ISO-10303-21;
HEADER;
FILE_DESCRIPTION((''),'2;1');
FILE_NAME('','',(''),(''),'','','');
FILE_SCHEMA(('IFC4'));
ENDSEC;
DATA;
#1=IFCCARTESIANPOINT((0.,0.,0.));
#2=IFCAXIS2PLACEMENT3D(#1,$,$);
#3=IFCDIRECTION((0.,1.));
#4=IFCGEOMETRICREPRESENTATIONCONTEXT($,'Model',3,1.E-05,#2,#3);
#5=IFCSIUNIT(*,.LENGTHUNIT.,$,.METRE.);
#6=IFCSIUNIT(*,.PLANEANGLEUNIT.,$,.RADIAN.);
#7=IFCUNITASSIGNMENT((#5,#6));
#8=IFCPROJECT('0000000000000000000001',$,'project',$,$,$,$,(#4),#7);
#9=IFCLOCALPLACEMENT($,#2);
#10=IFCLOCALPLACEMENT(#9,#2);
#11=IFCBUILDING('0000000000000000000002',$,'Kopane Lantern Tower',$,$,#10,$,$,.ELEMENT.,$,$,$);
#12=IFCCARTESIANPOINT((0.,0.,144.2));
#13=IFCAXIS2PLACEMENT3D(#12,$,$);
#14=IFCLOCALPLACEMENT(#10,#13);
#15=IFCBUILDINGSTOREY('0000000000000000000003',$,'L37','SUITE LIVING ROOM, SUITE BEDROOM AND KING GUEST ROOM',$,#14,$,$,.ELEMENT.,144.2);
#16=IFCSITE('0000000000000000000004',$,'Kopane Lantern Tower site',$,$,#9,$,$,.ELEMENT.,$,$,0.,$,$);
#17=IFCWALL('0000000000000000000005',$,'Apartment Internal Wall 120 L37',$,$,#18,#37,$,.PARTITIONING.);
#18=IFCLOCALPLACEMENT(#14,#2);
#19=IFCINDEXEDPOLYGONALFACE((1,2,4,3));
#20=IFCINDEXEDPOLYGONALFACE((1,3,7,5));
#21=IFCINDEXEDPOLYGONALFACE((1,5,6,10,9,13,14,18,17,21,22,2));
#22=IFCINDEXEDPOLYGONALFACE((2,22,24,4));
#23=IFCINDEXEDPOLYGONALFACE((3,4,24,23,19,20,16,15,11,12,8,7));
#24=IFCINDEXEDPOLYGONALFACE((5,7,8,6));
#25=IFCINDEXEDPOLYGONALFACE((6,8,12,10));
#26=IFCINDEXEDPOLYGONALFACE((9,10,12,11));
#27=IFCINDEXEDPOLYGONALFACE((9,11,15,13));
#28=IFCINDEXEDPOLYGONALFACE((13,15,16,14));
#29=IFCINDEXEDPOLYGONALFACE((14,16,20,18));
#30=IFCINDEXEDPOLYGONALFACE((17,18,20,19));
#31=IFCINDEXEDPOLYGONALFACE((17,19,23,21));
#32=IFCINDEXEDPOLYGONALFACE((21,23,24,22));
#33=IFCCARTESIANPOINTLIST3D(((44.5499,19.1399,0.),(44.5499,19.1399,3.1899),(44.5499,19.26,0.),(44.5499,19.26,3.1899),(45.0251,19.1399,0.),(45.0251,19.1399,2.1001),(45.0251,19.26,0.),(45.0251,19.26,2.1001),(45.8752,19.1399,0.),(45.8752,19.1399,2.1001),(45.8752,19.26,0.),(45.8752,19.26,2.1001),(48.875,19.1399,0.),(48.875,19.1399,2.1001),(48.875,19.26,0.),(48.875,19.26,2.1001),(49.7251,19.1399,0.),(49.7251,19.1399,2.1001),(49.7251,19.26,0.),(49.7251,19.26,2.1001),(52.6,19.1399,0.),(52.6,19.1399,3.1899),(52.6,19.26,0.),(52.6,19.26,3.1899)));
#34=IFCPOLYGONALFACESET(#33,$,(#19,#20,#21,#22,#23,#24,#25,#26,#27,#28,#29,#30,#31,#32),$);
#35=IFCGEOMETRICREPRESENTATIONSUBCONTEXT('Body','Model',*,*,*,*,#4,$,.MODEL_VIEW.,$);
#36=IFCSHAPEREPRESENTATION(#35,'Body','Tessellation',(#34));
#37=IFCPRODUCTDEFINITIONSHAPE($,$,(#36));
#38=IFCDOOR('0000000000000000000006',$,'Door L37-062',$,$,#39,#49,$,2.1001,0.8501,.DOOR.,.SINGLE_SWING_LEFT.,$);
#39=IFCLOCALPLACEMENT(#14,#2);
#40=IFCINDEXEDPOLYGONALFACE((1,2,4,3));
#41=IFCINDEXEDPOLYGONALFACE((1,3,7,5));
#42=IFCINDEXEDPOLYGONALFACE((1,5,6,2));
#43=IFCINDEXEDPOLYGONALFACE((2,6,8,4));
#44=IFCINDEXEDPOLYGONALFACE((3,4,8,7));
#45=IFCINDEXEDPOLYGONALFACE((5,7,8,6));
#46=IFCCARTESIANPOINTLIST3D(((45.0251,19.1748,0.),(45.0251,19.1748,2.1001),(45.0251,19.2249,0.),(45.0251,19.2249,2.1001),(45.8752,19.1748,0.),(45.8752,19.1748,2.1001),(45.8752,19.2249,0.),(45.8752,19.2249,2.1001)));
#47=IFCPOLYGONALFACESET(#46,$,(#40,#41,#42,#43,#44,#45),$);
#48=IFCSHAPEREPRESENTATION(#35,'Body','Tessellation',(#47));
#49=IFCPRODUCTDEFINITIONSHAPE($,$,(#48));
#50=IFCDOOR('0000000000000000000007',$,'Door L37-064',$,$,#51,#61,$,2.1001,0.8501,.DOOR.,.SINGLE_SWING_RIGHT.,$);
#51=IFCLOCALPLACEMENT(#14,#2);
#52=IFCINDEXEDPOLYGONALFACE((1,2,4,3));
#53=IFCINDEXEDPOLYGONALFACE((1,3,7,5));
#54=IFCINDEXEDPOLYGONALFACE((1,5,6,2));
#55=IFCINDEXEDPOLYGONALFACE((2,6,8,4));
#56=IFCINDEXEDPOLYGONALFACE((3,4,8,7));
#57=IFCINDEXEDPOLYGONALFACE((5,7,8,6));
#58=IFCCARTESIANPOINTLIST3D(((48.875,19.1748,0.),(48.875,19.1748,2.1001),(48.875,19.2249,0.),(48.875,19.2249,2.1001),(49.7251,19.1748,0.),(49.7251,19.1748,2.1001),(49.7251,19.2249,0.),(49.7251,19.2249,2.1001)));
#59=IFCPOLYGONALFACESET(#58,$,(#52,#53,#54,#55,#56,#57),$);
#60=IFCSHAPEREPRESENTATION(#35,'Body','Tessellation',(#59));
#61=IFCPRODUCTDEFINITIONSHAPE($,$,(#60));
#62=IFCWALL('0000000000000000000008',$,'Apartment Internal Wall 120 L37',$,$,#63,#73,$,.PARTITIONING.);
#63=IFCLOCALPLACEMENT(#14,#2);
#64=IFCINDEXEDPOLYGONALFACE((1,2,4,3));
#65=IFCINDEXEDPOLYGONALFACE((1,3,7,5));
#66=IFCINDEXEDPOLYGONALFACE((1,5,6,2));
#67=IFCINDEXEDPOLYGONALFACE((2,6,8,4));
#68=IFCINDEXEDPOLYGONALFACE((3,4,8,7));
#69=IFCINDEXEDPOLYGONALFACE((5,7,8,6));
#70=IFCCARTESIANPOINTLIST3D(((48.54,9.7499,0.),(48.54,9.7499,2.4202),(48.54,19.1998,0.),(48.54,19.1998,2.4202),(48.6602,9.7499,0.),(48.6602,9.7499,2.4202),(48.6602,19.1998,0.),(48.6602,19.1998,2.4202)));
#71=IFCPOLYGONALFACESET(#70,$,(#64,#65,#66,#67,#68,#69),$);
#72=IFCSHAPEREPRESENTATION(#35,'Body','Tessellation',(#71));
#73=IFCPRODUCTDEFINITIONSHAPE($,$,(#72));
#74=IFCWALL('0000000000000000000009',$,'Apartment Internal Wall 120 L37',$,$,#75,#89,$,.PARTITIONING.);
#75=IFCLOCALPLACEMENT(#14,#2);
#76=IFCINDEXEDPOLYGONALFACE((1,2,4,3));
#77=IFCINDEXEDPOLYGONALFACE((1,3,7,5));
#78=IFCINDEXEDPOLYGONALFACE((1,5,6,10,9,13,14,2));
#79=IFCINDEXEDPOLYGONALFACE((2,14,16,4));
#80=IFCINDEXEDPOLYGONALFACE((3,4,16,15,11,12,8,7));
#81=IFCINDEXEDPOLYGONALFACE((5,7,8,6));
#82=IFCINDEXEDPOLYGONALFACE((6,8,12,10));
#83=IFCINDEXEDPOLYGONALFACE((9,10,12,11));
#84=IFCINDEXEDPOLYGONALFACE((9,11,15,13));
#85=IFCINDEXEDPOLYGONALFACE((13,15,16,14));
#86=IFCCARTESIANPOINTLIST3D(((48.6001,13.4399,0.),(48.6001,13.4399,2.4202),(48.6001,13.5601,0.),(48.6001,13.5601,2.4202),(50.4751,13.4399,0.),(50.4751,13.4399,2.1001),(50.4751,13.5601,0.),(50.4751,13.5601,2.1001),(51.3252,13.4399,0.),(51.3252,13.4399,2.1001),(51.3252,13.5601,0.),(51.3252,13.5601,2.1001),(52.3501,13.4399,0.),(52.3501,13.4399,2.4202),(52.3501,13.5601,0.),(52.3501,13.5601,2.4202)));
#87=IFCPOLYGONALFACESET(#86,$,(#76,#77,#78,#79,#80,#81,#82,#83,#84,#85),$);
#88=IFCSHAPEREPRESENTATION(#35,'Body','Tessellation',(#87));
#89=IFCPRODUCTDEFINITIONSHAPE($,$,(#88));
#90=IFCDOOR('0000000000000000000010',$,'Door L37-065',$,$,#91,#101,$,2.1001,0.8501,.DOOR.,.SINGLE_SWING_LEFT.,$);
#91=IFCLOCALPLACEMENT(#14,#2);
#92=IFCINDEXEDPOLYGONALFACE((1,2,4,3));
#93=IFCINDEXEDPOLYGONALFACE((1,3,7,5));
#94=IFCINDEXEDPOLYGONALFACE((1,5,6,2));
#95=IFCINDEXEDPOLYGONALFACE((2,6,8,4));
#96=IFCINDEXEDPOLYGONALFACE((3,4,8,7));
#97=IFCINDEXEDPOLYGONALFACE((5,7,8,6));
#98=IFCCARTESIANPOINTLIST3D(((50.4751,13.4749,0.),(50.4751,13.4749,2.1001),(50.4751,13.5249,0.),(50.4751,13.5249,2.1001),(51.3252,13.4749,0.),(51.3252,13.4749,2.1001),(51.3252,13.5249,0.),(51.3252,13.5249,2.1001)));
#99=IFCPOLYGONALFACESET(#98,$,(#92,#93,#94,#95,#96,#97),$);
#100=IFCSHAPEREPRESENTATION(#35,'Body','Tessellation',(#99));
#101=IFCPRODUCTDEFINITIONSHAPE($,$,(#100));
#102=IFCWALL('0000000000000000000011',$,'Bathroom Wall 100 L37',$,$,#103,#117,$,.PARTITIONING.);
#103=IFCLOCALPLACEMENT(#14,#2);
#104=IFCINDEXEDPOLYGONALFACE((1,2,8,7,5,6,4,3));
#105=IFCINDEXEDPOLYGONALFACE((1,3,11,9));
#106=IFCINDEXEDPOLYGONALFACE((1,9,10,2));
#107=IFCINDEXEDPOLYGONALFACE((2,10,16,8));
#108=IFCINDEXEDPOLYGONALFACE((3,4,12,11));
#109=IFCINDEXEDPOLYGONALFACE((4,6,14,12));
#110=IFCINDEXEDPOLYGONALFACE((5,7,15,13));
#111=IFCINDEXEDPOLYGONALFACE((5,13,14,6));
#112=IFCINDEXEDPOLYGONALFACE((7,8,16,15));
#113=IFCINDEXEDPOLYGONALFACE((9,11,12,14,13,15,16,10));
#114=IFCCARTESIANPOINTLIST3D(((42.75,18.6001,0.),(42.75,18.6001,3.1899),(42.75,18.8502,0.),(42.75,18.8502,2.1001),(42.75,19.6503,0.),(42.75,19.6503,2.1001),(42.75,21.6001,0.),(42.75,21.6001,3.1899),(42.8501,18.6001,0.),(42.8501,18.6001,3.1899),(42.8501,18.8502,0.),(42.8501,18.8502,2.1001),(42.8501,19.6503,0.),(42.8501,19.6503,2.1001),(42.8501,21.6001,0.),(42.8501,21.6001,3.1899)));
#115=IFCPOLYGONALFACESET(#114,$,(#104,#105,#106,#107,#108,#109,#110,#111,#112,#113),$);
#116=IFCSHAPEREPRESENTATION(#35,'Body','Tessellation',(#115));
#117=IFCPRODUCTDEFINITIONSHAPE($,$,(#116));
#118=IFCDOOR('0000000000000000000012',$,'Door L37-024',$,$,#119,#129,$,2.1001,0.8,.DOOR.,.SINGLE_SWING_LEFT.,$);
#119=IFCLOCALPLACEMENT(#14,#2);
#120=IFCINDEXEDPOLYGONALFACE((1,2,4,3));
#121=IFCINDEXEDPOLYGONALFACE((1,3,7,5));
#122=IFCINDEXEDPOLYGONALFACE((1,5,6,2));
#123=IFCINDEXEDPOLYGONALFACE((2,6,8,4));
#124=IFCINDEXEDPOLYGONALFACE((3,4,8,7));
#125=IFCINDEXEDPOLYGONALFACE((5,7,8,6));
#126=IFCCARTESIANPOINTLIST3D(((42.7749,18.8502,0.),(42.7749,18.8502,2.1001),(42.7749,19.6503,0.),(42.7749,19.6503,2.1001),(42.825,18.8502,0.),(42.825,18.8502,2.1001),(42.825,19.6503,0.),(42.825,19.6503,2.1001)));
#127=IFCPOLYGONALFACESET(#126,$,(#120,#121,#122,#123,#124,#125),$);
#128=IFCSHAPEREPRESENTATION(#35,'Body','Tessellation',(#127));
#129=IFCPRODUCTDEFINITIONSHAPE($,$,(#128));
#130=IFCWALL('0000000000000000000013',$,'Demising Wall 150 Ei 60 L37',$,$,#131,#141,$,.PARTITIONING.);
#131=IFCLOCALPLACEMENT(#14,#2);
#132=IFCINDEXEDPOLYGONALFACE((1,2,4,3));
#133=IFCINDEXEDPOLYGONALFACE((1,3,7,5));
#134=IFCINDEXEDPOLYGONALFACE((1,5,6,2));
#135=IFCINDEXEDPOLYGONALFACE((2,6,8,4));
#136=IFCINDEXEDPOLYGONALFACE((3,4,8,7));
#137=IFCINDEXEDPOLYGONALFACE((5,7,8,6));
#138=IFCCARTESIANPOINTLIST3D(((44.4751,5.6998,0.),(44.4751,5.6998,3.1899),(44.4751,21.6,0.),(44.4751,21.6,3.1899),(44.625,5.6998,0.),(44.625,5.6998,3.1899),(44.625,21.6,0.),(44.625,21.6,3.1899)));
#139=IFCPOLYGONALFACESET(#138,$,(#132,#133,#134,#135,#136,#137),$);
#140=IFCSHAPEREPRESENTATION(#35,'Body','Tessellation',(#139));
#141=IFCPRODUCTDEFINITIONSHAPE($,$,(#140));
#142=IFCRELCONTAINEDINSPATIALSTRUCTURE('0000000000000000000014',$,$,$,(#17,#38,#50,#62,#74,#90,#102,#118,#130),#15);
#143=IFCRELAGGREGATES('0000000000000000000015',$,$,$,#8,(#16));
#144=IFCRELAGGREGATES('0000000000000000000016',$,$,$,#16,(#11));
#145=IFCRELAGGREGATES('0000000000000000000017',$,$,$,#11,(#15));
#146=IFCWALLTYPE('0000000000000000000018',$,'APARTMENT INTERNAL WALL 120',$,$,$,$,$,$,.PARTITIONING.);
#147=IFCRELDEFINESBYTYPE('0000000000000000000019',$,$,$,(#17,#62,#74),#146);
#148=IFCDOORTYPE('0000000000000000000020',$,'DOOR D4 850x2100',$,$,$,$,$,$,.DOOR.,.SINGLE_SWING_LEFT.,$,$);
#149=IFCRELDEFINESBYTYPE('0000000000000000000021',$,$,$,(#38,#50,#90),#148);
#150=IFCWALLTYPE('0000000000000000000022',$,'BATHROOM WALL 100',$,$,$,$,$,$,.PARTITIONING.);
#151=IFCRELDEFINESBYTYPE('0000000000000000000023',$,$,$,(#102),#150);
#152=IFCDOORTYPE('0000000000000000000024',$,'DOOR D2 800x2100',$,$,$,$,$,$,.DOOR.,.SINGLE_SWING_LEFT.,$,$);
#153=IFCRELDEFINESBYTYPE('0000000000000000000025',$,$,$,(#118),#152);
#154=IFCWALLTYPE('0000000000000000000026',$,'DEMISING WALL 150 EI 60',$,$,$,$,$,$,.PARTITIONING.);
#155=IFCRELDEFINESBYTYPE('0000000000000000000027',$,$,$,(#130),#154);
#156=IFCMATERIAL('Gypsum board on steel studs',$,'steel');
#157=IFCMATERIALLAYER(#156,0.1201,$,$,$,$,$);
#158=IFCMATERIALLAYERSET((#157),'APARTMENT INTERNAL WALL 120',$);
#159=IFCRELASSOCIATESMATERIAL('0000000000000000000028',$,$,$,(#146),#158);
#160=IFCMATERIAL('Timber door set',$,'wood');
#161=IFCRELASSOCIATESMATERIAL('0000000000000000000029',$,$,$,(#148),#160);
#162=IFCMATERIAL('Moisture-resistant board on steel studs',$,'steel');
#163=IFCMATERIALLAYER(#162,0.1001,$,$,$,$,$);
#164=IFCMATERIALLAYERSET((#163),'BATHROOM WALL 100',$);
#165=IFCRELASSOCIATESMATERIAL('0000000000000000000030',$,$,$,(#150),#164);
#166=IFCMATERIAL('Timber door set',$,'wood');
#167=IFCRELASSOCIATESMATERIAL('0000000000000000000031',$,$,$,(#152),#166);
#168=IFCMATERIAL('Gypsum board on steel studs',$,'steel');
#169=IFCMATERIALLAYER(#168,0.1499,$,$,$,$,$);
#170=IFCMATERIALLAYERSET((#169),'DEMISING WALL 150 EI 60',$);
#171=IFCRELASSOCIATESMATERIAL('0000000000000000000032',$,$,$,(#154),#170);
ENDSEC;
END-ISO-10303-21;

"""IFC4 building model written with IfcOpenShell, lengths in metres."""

from ifc_helpers import new_model, si_unit, direction, frame, frame_2d, origin, place, context, subcontext, project, spatial, rectangle, extrude, material, layer, layer_set, type_object, element, fill, save


model = new_model("IFC4")

# Units and contexts
model_context = context("Model", 3, precision=1e-05, world=origin(), true_north=direction((0.0, 1.0)))
body_context = subcontext(model_context, "Body", "Model", "MODEL_VIEW")
ifc_project = project(units=[si_unit("LENGTHUNIT", "METRE"), si_unit("PLANEANGLEUNIT", "RADIAN")], contexts=[model_context])

# Site, building, storey
site_placement = place(None, origin())
site = spatial("IfcSite", under=ifc_project, at=site_placement, Name="Kopane Lantern Tower site", CompositionType="ELEMENT", RefElevation=0.0)
building_placement = place(site_placement, origin())
building = spatial("IfcBuilding", under=site, at=building_placement, Name="Kopane Lantern Tower", CompositionType="ELEMENT")
storey_placement = place(building_placement, frame((0.0, 0.0, 144.2)))
storey = spatial("IfcBuildingStorey", under=building, at=storey_placement, Name="L37", Description="SUITE LIVING ROOM, SUITE BEDROOM AND KING GUEST ROOM", CompositionType="ELEMENT", Elevation=144.2)

# Wall, openings, doors
ifc_material_1 = material(Name="Gypsum board on steel studs", Category="steel")
ifc_layer_1 = layer(ifc_material_1, 0.1201)
ifc_layer_set_1 = layer_set([ifc_layer_1], Name="APARTMENT INTERNAL WALL 120")
wall_type_1 = type_object("IfcWallType", Name="APARTMENT INTERNAL WALL 120", PredefinedType="PARTITIONING", material=ifc_layer_set_1)
wall_1_placement = place(storey_placement, frame((44.55, 19.2, 0.0), z_axis=(0.0, 0.0, 1.0), x_axis=(1.0, 0.0, 0.0)))
wall_1 = element("IfcWall", 1, at=wall_1_placement, inside=storey, type_object=wall_type_1, Name="Apartment Internal Wall 120 L37", PredefinedType="PARTITIONING", context=body_context, shape_type="SweptSolid", body=[
    extrude(rectangle(XDim=8.05, YDim=0.1201, at=frame_2d((4.0249, 0.0))), origin(), (0.0, 0.0, 1.0), 3.1899),
])
opening_1_placement = place(wall_1_placement, frame((0.4751, 0.0, 0.0)))
opening_1 = element("IfcOpeningElement", 2, at=opening_1_placement, cuts=wall_1, PredefinedType="OPENING", context=body_context, shape_type="SweptSolid", body=[
    extrude(rectangle(XDim=0.8501, YDim=2.1001, at=frame_2d((0.425, 1.05))), frame((0.0, 0.0701, 0.0), z_axis=(0.0, -1.0, 0.0), x_axis=(1.0, 0.0, 0.0)), (0.0, 0.0, 1.0), 0.1401),
])
opening_2_placement = place(wall_1_placement, frame((4.325, 0.0, 0.0)))
opening_2 = element("IfcOpeningElement", 3, at=opening_2_placement, cuts=wall_1, PredefinedType="OPENING", context=body_context, shape_type="SweptSolid", body=[
    extrude(rectangle(XDim=0.8501, YDim=2.1001, at=frame_2d((0.425, 1.05))), frame((0.0, 0.0701, 0.0), z_axis=(0.0, -1.0, 0.0), x_axis=(1.0, 0.0, 0.0)), (0.0, 0.0, 1.0), 0.1401),
])
ifc_material_2 = material(Name="Timber door set", Category="wood")
door_type_1 = type_object("IfcDoorType", Name="DOOR D4 850x2100", OperationType="SINGLE_SWING_LEFT", PredefinedType="DOOR", material=ifc_material_2)
door_1_placement = place(opening_1_placement, origin())
door_1 = element("IfcDoor", 4, at=door_1_placement, inside=storey, type_object=door_type_1, Name="Door L37-062", OperationType="SINGLE_SWING_LEFT", OverallHeight=2.1001, OverallWidth=0.8501, PredefinedType="DOOR", context=body_context, shape_type="SweptSolid", body=[
    extrude(rectangle(XDim=0.8501, YDim=2.1001, at=frame_2d((0.425, 1.05))), frame((0.0, 0.0249, 0.0), z_axis=(0.0, -1.0, 0.0), x_axis=(1.0, 0.0, 0.0)), (0.0, 0.0, 1.0), 0.05),
])
fill(opening_1, door_1)
door_2_placement = place(opening_2_placement, origin())
door_2 = element("IfcDoor", 5, at=door_2_placement, inside=storey, type_object=door_type_1, Name="Door L37-064", OperationType="SINGLE_SWING_RIGHT", OverallHeight=2.1001, OverallWidth=0.8501, PredefinedType="DOOR", context=body_context, shape_type="SweptSolid", body=[
    extrude(rectangle(XDim=0.8501, YDim=2.1001, at=frame_2d((0.425, 1.05))), frame((0.0, 0.0249, 0.0), z_axis=(0.0, -1.0, 0.0), x_axis=(1.0, 0.0, 0.0)), (0.0, 0.0, 1.0), 0.05),
])
fill(opening_2, door_2)

# Wall
wall_2_placement = place(storey_placement, frame((48.6001, 19.2, 0.0), z_axis=(0.0, 0.0, 1.0), x_axis=(0.0, -1.0, 0.0)))
element("IfcWall", 6, at=wall_2_placement, inside=storey, type_object=wall_type_1, Name="Apartment Internal Wall 120 L37", PredefinedType="PARTITIONING", context=body_context, shape_type="SweptSolid", body=[
    extrude(rectangle(XDim=9.45, YDim=0.1201, at=frame_2d((4.7251, 0.0))), origin(), (0.0, 0.0, 1.0), 2.4202),
])

# Walls, openings, doors
wall_3_placement = place(storey_placement, frame((48.6001, 13.5, 0.0), z_axis=(0.0, 0.0, 1.0), x_axis=(1.0, 0.0, 0.0)))
wall_3 = element("IfcWall", 7, at=wall_3_placement, inside=storey, type_object=wall_type_1, Name="Apartment Internal Wall 120 L37", PredefinedType="PARTITIONING", context=body_context, shape_type="SweptSolid", body=[
    extrude(rectangle(XDim=3.75, YDim=0.1201, at=frame_2d((1.875, 0.0))), origin(), (0.0, 0.0, 1.0), 2.4202),
])
opening_3_placement = place(wall_3_placement, frame((1.875, 0.0, 0.0)))
opening_3 = element("IfcOpeningElement", 8, at=opening_3_placement, cuts=wall_3, PredefinedType="OPENING", context=body_context, shape_type="SweptSolid", body=[
    extrude(rectangle(XDim=0.8501, YDim=2.1001, at=frame_2d((0.425, 1.05))), frame((0.0, 0.0701, 0.0), z_axis=(0.0, -1.0, 0.0), x_axis=(1.0, 0.0, 0.0)), (0.0, 0.0, 1.0), 0.1401),
])
door_3_placement = place(opening_3_placement, origin())
door_3 = element("IfcDoor", 9, at=door_3_placement, inside=storey, type_object=door_type_1, Name="Door L37-065", OperationType="SINGLE_SWING_LEFT", OverallHeight=2.1001, OverallWidth=0.8501, PredefinedType="DOOR", context=body_context, shape_type="SweptSolid", body=[
    extrude(rectangle(XDim=0.8501, YDim=2.1001, at=frame_2d((0.425, 1.05))), frame((0.0, 0.0249, 0.0), z_axis=(0.0, -1.0, 0.0), x_axis=(1.0, 0.0, 0.0)), (0.0, 0.0, 1.0), 0.05),
])
fill(opening_3, door_3)
ifc_material_3 = material(Name="Moisture-resistant board on steel studs", Category="steel")
ifc_layer_2 = layer(ifc_material_3, 0.1001)
ifc_layer_set_2 = layer_set([ifc_layer_2], Name="BATHROOM WALL 100")
wall_type_2 = type_object("IfcWallType", Name="BATHROOM WALL 100", PredefinedType="PARTITIONING", material=ifc_layer_set_2)
wall_4_placement = place(storey_placement, frame((42.8, 21.6001, 0.0), z_axis=(0.0, 0.0, 1.0), x_axis=(0.0, -1.0, 0.0)))
wall_4 = element("IfcWall", 10, at=wall_4_placement, inside=storey, type_object=wall_type_2, Name="Bathroom Wall 100 L37", PredefinedType="PARTITIONING", context=body_context, shape_type="SweptSolid", body=[
    extrude(rectangle(XDim=3.0, YDim=0.1001, at=frame_2d((1.5, 0.0))), origin(), (0.0, 0.0, 1.0), 3.1899),
])
opening_4_placement = place(wall_4_placement, frame((1.95, 0.0, 0.0)))
opening_4 = element("IfcOpeningElement", 11, at=opening_4_placement, cuts=wall_4, PredefinedType="OPENING", context=body_context, shape_type="SweptSolid", body=[
    extrude(rectangle(XDim=0.8, YDim=2.1001, at=frame_2d((0.3999, 1.05))), frame((0.0, 0.0601, 0.0), z_axis=(0.0, -1.0, 0.0), x_axis=(1.0, 0.0, 0.0)), (0.0, 0.0, 1.0), 0.1201),
])
ifc_material_4 = material(Name="Timber door set", Category="wood")
door_type_2 = type_object("IfcDoorType", Name="DOOR D2 800x2100", OperationType="SINGLE_SWING_LEFT", PredefinedType="DOOR", material=ifc_material_4)
door_4_placement = place(opening_4_placement, origin())
door_4 = element("IfcDoor", 12, at=door_4_placement, inside=storey, type_object=door_type_2, Name="Door L37-024", OperationType="SINGLE_SWING_LEFT", OverallHeight=2.1001, OverallWidth=0.8, PredefinedType="DOOR", context=body_context, shape_type="SweptSolid", body=[
    extrude(rectangle(XDim=0.8, YDim=2.1001, at=frame_2d((0.3999, 1.05))), frame((0.0, 0.0249, 0.0), z_axis=(0.0, -1.0, 0.0), x_axis=(1.0, 0.0, 0.0)), (0.0, 0.0, 1.0), 0.05),
])
fill(opening_4, door_4)

# Wall
ifc_material_5 = material(Name="Gypsum board on steel studs", Category="steel")
ifc_layer_3 = layer(ifc_material_5, 0.1499)
ifc_layer_set_3 = layer_set([ifc_layer_3], Name="DEMISING WALL 150 EI 60")
wall_type_3 = type_object("IfcWallType", Name="DEMISING WALL 150 EI 60", PredefinedType="PARTITIONING", material=ifc_layer_set_3)
wall_5_placement = place(storey_placement, frame((44.55, 21.6001, 0.0), z_axis=(0.0, 0.0, 1.0), x_axis=(0.0, -1.0, 0.0)))
element("IfcWall", 13, at=wall_5_placement, inside=storey, type_object=wall_type_3, Name="Demising Wall 150 Ei 60 L37", PredefinedType="PARTITIONING", context=body_context, shape_type="SweptSolid", body=[
    extrude(rectangle(XDim=15.9001, YDim=0.1499, at=frame_2d((7.9502, 0.0))), origin(), (0.0, 0.0, 1.0), 3.1899),
])

save(model, "model.ifc")
